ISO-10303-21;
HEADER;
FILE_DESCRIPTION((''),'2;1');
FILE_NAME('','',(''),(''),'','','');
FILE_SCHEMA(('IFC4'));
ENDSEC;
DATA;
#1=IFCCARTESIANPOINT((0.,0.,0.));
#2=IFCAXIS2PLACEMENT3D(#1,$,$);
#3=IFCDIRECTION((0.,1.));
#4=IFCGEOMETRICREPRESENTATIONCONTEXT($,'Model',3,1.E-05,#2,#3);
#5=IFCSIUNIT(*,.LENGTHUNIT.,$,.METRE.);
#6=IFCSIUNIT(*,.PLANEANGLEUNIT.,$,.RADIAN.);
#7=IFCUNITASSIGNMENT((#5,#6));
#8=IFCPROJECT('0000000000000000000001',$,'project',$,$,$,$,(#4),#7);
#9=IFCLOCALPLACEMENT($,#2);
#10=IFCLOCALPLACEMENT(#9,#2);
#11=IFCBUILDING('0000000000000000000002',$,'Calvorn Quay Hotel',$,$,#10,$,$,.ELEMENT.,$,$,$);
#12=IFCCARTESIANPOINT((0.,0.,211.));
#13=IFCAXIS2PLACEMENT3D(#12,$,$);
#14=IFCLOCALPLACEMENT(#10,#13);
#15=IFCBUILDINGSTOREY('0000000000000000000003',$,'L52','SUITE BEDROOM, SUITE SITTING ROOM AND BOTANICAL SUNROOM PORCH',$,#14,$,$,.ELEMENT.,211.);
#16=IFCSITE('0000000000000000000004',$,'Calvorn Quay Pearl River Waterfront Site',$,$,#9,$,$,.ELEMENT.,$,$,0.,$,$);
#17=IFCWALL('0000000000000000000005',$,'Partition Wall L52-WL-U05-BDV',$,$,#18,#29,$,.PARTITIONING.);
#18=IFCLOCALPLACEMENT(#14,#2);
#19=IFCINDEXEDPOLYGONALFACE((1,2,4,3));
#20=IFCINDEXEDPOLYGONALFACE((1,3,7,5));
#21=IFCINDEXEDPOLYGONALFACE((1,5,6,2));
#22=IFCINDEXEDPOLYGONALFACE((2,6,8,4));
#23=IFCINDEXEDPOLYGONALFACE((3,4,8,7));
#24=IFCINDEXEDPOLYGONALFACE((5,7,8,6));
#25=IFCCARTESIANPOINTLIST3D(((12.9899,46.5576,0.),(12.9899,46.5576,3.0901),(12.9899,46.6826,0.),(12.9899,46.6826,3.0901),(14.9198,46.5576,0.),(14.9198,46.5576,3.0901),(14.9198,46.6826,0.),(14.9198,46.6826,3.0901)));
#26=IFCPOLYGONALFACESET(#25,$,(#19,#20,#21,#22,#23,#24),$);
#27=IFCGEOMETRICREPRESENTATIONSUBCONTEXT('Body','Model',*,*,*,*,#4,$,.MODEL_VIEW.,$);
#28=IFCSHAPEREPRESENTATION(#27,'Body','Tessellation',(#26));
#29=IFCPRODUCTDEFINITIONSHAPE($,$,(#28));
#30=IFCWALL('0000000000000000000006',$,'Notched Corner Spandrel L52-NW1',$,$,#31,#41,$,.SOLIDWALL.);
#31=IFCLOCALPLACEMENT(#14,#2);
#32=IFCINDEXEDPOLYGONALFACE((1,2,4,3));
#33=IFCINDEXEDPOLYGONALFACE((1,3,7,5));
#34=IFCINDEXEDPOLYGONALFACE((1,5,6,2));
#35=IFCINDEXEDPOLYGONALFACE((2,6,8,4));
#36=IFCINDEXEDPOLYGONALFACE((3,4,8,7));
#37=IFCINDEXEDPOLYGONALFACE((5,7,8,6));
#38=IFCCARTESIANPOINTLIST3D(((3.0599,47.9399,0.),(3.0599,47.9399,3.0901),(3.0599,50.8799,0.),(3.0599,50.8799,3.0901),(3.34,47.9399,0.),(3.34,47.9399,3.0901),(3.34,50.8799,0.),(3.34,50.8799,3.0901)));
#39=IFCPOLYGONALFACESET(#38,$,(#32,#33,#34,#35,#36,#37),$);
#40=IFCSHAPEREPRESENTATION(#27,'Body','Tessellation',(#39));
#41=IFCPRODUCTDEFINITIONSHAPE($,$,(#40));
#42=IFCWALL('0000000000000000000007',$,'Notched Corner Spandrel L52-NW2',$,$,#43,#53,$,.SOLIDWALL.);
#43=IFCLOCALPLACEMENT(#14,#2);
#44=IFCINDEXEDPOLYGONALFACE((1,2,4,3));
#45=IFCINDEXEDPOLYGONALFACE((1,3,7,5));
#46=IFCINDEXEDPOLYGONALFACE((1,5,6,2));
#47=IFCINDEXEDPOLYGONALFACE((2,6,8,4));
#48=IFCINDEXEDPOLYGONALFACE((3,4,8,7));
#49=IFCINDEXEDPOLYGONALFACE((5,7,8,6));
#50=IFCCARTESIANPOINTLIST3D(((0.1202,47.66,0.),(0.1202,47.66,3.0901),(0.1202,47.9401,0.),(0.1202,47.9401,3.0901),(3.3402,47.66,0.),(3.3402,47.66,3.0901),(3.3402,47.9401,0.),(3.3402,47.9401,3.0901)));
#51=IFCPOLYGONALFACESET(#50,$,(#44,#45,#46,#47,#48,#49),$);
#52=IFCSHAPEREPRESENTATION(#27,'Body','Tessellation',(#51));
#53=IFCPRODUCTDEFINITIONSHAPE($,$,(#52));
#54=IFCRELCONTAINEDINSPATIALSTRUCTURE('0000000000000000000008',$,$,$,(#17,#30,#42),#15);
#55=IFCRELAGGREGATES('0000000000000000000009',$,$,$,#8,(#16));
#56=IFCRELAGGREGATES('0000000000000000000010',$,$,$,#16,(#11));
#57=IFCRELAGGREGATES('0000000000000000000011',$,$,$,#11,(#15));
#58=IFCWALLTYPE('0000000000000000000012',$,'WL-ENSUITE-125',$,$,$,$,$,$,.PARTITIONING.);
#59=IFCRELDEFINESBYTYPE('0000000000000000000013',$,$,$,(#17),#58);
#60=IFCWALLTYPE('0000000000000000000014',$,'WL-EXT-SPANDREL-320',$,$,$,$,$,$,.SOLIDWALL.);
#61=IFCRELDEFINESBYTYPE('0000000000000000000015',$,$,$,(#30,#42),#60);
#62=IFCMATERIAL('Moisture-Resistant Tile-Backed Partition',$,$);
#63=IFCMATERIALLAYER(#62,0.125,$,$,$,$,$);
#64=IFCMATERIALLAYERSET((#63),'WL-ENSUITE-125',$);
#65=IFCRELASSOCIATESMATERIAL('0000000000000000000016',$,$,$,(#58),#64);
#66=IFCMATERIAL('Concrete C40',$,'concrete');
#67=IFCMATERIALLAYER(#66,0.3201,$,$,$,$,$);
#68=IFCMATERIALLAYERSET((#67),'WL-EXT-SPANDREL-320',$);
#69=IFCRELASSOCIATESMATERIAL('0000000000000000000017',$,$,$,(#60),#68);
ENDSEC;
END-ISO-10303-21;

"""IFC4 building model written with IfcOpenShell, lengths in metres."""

from ifc_helpers import new_model, si_unit, direction, frame, frame_2d, origin, place, context, subcontext, project, spatial, rectangle, extrude, material, layer, layer_set, type_object, element, save


model = new_model("IFC4")

# Units and contexts
model_context = context("Model", 3, precision=1e-05, world=origin(), true_north=direction((0.0, 1.0)))
body_context = subcontext(model_context, "Body", "Model", "MODEL_VIEW")
ifc_project = project(units=[si_unit("LENGTHUNIT", "METRE"), si_unit("PLANEANGLEUNIT", "RADIAN")], contexts=[model_context])

# Site, building, storey
site_placement = place(None, origin())
site = spatial("IfcSite", under=ifc_project, at=site_placement, Name="Calvorn Quay Pearl River Waterfront Site", CompositionType="ELEMENT", RefElevation=0.0)
building_placement = place(site_placement, origin())
building = spatial("IfcBuilding", under=site, at=building_placement, Name="Calvorn Quay Hotel", CompositionType="ELEMENT")
storey_placement = place(building_placement, frame((0.0, 0.0, 211.0)))
storey = spatial("IfcBuildingStorey", under=building, at=storey_placement, Name="L52", Description="SUITE BEDROOM, SUITE SITTING ROOM AND BOTANICAL SUNROOM PORCH", CompositionType="ELEMENT", Elevation=211.0)

# Walls
ifc_material_1 = material(Name="Moisture-Resistant Tile-Backed Partition")
ifc_layer_1 = layer(ifc_material_1, 0.125)
ifc_layer_set_1 = layer_set([ifc_layer_1], Name="WL-ENSUITE-125")
wall_type_1 = type_object("IfcWallType", Name="WL-ENSUITE-125", PredefinedType="PARTITIONING", material=ifc_layer_set_1)
wall_1_placement = place(storey_placement, frame((12.99, 46.6201, 0.0), z_axis=(0.0, 0.0, 1.0), x_axis=(1.0, 0.0, 0.0)))
element("IfcWall", 1, at=wall_1_placement, inside=storey, type_object=wall_type_1, Name="Partition Wall L52-WL-U05-BDV", PredefinedType="PARTITIONING", context=body_context, shape_type="SweptSolid", body=[
    extrude(rectangle(XDim=1.9299, YDim=0.125, at=frame_2d((0.9648, 0.0))), origin(), (0.0, 0.0, 1.0), 3.0901),
])
ifc_material_2 = material(Name="Concrete C40", Category="concrete")
ifc_layer_2 = layer(ifc_material_2, 0.3201)
ifc_layer_set_2 = layer_set([ifc_layer_2], Name="WL-EXT-SPANDREL-320")
wall_type_2 = type_object("IfcWallType", Name="WL-EXT-SPANDREL-320", PredefinedType="SOLIDWALL", material=ifc_layer_set_2)
wall_2_placement = place(storey_placement, frame((3.2, 50.8799, 0.0), z_axis=(0.0, 0.0, 1.0), x_axis=(0.0, -1.0, 0.0)))
element("IfcWall", 2, at=wall_2_placement, inside=storey, type_object=wall_type_2, Name="Notched Corner Spandrel L52-NW1", PredefinedType="SOLIDWALL", context=body_context, shape_type="SweptSolid", body=[
    extrude(rectangle(XDim=2.9399, YDim=0.28, at=frame_2d((1.47, 0.0))), origin(), (0.0, 0.0, 1.0), 3.0901),
])
wall_3_placement = place(storey_placement, frame((3.3401, 47.8, 0.0), z_axis=(0.0, 0.0, 1.0), x_axis=(-1.0, 0.0, 0.0)))
element("IfcWall", 3, at=wall_3_placement, inside=storey, type_object=wall_type_2, Name="Notched Corner Spandrel L52-NW2", PredefinedType="SOLIDWALL", context=body_context, shape_type="SweptSolid", body=[
    extrude(rectangle(XDim=3.22, YDim=0.28, at=frame_2d((1.6099, 0.0))), origin(), (0.0, 0.0, 1.0), 3.0901),
])

save(model, "model.ifc")
